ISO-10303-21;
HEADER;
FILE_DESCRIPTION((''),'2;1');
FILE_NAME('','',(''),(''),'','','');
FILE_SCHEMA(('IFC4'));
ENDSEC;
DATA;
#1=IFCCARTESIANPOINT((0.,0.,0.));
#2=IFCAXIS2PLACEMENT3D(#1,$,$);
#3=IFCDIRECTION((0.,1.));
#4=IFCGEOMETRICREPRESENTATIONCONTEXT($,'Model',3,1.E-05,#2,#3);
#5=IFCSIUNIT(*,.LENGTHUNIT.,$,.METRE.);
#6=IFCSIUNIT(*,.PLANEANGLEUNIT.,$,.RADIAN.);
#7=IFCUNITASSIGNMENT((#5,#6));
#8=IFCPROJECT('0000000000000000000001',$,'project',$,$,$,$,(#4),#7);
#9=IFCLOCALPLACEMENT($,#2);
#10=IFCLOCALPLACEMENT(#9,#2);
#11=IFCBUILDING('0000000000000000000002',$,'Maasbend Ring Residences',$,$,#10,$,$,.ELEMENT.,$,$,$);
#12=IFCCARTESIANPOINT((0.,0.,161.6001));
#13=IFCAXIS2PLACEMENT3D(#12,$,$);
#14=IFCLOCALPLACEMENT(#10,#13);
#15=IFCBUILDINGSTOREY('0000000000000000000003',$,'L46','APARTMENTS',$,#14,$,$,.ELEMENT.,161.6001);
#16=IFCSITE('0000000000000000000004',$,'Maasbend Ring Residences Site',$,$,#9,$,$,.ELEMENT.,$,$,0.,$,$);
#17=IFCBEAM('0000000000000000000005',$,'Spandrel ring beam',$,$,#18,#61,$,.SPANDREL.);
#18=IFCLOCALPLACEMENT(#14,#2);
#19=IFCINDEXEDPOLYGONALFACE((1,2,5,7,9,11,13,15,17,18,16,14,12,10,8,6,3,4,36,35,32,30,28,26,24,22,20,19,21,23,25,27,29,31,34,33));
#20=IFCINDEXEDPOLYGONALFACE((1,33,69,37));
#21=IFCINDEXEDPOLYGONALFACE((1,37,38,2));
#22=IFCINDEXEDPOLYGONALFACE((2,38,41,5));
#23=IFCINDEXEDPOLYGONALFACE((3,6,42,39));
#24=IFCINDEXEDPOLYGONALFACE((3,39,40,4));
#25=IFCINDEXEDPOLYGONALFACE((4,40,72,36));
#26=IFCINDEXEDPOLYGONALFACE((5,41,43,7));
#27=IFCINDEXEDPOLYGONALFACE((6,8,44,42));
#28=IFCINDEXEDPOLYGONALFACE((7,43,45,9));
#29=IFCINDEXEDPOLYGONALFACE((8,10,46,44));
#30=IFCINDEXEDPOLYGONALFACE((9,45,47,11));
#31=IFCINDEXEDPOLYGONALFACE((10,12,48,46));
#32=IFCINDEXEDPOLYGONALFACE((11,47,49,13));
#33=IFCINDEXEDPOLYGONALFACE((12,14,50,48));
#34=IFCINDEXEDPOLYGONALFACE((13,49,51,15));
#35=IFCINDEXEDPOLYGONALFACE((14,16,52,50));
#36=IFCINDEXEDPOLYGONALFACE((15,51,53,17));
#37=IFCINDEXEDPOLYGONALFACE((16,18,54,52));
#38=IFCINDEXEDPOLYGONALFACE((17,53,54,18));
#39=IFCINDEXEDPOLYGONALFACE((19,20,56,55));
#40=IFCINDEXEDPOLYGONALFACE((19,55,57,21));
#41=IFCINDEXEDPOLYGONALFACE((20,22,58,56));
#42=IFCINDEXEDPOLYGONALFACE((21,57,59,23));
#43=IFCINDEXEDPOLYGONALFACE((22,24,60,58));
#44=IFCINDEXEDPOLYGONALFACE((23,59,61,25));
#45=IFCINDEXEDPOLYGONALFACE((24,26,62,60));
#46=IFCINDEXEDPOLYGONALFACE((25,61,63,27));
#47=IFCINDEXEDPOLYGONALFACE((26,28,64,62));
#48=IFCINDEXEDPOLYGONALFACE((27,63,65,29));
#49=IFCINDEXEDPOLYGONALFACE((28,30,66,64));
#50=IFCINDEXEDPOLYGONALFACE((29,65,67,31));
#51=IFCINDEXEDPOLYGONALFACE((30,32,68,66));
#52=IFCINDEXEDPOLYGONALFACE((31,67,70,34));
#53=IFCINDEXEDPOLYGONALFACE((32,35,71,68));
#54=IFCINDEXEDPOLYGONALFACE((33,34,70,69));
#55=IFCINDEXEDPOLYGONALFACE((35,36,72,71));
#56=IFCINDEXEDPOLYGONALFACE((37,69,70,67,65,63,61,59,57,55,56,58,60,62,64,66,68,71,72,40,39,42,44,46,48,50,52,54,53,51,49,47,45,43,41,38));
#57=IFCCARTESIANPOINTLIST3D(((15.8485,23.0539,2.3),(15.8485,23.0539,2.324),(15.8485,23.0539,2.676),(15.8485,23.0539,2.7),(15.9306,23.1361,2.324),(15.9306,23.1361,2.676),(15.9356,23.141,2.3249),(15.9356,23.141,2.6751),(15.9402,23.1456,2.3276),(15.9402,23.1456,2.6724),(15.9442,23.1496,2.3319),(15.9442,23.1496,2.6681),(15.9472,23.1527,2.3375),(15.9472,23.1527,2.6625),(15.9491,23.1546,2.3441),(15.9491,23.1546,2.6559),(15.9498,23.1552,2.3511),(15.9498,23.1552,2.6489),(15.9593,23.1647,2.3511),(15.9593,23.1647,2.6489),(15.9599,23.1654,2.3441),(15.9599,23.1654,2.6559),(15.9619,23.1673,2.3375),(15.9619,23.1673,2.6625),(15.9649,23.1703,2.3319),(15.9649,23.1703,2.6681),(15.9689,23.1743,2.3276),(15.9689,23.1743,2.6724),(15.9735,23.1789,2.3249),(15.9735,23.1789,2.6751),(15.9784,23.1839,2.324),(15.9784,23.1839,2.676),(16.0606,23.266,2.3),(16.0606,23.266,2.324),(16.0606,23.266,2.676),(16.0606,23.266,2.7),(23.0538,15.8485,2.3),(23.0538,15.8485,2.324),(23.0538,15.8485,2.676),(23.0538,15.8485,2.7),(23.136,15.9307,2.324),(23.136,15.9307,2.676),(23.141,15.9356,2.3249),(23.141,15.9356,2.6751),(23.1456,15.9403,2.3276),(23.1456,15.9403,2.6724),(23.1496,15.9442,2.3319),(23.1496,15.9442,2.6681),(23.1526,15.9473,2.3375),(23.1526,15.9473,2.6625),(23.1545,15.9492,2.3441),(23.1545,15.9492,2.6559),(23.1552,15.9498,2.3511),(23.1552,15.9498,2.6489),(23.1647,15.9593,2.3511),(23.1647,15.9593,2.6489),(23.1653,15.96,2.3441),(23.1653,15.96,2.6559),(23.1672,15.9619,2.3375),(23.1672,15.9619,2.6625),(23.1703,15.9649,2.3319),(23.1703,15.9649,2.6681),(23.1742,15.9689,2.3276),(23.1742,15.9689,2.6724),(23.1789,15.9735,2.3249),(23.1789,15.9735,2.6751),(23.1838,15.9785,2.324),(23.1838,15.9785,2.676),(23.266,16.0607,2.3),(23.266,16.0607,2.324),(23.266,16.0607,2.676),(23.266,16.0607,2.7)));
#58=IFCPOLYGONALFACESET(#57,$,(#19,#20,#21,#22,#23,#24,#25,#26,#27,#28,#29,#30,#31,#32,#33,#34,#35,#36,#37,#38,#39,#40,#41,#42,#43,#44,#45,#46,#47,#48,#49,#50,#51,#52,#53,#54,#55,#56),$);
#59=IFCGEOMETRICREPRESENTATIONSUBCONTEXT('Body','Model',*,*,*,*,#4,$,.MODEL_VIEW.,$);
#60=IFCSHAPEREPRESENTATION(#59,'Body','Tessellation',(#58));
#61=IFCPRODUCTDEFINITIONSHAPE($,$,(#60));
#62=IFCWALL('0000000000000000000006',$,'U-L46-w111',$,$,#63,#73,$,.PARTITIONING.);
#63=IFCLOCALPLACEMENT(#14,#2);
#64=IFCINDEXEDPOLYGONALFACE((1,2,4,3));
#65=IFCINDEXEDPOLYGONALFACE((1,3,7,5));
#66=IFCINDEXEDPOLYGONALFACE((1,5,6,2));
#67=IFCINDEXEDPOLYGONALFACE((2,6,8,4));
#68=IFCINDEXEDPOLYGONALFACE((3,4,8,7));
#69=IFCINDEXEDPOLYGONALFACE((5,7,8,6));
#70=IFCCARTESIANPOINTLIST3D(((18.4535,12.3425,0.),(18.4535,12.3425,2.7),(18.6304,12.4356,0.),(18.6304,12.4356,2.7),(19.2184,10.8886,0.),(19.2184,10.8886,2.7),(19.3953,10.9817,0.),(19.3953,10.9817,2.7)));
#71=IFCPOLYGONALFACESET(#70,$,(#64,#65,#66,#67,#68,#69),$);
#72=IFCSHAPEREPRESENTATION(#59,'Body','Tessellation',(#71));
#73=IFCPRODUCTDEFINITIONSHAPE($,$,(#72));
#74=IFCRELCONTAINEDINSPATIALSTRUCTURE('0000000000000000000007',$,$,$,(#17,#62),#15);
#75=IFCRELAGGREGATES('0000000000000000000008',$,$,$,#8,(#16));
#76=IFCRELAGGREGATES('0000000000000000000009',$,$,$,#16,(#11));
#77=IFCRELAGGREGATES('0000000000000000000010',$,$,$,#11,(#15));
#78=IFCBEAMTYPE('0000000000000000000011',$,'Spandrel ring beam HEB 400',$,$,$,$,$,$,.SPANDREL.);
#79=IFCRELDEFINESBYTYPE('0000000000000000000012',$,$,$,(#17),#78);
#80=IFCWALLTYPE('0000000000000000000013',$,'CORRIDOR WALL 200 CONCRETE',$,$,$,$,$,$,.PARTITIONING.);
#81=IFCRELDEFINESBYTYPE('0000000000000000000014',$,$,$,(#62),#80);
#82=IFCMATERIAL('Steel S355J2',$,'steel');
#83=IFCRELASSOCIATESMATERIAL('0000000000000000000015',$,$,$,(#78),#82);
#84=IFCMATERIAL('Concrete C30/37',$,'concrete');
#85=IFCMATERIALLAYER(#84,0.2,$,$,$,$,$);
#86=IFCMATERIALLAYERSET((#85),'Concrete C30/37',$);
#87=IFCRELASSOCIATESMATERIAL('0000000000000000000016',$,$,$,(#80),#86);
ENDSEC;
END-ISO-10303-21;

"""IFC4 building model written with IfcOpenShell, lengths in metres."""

from ifc_helpers import new_model, si_unit, direction, frame, frame_2d, origin, origin_2d, place, context, subcontext, project, spatial, rectangle, i_section, extrude, material, layer, layer_set, material_profile, profile_set, type_object, element, save


model = new_model("IFC4")

# Units and contexts
model_context = context("Model", 3, precision=1e-05, world=origin(), true_north=direction((0.0, 1.0)))
body_context = subcontext(model_context, "Body", "Model", "MODEL_VIEW")
ifc_project = project(units=[si_unit("LENGTHUNIT", "METRE"), si_unit("PLANEANGLEUNIT", "RADIAN")], contexts=[model_context])

# Site, building, storey
site_placement = place(None, origin())
site = spatial("IfcSite", under=ifc_project, at=site_placement, Name="Maasbend Ring Residences Site", CompositionType="ELEMENT", RefElevation=0.0)
building_placement = place(site_placement, origin())
building = spatial("IfcBuilding", under=site, at=building_placement, Name="Maasbend Ring Residences", CompositionType="ELEMENT")
storey_placement = place(building_placement, frame((0.0, 0.0, 161.6001)))
storey = spatial("IfcBuildingStorey", under=building, at=storey_placement, Name="L46", Description="APARTMENTS", CompositionType="ELEMENT", Elevation=161.6001)

# Beam
ifc_material_1 = material(Name="Steel S355J2", Category="steel")
ifc_material_profile_1 = material_profile(ifc_material_1, i_section(OverallWidth=0.3, OverallDepth=0.3999, WebThickness=0.0134, FlangeThickness=0.0239, FilletRadius=0.0271, at=origin_2d()), Name="HEB 400")
ifc_profile_set_1 = profile_set([ifc_material_profile_1], Name="Steel S355J2")
beam_type_1 = type_object("IfcBeamType", Name="Spandrel ring beam HEB 400", PredefinedType="SPANDREL", material=ifc_profile_set_1)
beam_1_placement = place(storey_placement, frame((23.1599, 15.9546, 2.5), z_axis=(-0.707107, 0.707107, 0.0), x_axis=(-0.707107, -0.707107, 0.0)))
element("IfcBeam", 1, at=beam_1_placement, inside=storey, type_object=beam_type_1, Name="Spandrel ring beam", PredefinedType="SPANDREL", context=body_context, shape_type="SweptSolid", body=[
    extrude(i_section(OverallWidth=0.3, OverallDepth=0.3999, WebThickness=0.0134, FlangeThickness=0.0239, FilletRadius=0.0271, at=origin_2d()), origin(), (0.0, 0.0, 1.0), 10.1899),
])

# Wall
ifc_material_2 = material(Name="Concrete C30/37", Category="concrete")
ifc_layer_1 = layer(ifc_material_2, 0.2)
ifc_layer_set_1 = layer_set([ifc_layer_1], Name="Concrete C30/37")
wall_type_1 = type_object("IfcWallType", Name="CORRIDOR WALL 200 CONCRETE", PredefinedType="PARTITIONING", material=ifc_layer_set_1)
wall_1_placement = place(storey_placement, frame((18.542, 12.3889, 0.0), z_axis=(0.0, 0.0, 1.0), x_axis=(0.465606, -0.884992, 0.0)))
element("IfcWall", 2, at=wall_1_placement, inside=storey, type_object=wall_type_1, Name="U-L46-w111", PredefinedType="PARTITIONING", context=body_context, shape_type="SweptSolid", body=[
    extrude(rectangle(XDim=1.6428, YDim=0.2, at=frame_2d((0.8213, 0.0))), origin(), (0.0, 0.0, 1.0), 2.7),
])

save(model, "model.ifc")
